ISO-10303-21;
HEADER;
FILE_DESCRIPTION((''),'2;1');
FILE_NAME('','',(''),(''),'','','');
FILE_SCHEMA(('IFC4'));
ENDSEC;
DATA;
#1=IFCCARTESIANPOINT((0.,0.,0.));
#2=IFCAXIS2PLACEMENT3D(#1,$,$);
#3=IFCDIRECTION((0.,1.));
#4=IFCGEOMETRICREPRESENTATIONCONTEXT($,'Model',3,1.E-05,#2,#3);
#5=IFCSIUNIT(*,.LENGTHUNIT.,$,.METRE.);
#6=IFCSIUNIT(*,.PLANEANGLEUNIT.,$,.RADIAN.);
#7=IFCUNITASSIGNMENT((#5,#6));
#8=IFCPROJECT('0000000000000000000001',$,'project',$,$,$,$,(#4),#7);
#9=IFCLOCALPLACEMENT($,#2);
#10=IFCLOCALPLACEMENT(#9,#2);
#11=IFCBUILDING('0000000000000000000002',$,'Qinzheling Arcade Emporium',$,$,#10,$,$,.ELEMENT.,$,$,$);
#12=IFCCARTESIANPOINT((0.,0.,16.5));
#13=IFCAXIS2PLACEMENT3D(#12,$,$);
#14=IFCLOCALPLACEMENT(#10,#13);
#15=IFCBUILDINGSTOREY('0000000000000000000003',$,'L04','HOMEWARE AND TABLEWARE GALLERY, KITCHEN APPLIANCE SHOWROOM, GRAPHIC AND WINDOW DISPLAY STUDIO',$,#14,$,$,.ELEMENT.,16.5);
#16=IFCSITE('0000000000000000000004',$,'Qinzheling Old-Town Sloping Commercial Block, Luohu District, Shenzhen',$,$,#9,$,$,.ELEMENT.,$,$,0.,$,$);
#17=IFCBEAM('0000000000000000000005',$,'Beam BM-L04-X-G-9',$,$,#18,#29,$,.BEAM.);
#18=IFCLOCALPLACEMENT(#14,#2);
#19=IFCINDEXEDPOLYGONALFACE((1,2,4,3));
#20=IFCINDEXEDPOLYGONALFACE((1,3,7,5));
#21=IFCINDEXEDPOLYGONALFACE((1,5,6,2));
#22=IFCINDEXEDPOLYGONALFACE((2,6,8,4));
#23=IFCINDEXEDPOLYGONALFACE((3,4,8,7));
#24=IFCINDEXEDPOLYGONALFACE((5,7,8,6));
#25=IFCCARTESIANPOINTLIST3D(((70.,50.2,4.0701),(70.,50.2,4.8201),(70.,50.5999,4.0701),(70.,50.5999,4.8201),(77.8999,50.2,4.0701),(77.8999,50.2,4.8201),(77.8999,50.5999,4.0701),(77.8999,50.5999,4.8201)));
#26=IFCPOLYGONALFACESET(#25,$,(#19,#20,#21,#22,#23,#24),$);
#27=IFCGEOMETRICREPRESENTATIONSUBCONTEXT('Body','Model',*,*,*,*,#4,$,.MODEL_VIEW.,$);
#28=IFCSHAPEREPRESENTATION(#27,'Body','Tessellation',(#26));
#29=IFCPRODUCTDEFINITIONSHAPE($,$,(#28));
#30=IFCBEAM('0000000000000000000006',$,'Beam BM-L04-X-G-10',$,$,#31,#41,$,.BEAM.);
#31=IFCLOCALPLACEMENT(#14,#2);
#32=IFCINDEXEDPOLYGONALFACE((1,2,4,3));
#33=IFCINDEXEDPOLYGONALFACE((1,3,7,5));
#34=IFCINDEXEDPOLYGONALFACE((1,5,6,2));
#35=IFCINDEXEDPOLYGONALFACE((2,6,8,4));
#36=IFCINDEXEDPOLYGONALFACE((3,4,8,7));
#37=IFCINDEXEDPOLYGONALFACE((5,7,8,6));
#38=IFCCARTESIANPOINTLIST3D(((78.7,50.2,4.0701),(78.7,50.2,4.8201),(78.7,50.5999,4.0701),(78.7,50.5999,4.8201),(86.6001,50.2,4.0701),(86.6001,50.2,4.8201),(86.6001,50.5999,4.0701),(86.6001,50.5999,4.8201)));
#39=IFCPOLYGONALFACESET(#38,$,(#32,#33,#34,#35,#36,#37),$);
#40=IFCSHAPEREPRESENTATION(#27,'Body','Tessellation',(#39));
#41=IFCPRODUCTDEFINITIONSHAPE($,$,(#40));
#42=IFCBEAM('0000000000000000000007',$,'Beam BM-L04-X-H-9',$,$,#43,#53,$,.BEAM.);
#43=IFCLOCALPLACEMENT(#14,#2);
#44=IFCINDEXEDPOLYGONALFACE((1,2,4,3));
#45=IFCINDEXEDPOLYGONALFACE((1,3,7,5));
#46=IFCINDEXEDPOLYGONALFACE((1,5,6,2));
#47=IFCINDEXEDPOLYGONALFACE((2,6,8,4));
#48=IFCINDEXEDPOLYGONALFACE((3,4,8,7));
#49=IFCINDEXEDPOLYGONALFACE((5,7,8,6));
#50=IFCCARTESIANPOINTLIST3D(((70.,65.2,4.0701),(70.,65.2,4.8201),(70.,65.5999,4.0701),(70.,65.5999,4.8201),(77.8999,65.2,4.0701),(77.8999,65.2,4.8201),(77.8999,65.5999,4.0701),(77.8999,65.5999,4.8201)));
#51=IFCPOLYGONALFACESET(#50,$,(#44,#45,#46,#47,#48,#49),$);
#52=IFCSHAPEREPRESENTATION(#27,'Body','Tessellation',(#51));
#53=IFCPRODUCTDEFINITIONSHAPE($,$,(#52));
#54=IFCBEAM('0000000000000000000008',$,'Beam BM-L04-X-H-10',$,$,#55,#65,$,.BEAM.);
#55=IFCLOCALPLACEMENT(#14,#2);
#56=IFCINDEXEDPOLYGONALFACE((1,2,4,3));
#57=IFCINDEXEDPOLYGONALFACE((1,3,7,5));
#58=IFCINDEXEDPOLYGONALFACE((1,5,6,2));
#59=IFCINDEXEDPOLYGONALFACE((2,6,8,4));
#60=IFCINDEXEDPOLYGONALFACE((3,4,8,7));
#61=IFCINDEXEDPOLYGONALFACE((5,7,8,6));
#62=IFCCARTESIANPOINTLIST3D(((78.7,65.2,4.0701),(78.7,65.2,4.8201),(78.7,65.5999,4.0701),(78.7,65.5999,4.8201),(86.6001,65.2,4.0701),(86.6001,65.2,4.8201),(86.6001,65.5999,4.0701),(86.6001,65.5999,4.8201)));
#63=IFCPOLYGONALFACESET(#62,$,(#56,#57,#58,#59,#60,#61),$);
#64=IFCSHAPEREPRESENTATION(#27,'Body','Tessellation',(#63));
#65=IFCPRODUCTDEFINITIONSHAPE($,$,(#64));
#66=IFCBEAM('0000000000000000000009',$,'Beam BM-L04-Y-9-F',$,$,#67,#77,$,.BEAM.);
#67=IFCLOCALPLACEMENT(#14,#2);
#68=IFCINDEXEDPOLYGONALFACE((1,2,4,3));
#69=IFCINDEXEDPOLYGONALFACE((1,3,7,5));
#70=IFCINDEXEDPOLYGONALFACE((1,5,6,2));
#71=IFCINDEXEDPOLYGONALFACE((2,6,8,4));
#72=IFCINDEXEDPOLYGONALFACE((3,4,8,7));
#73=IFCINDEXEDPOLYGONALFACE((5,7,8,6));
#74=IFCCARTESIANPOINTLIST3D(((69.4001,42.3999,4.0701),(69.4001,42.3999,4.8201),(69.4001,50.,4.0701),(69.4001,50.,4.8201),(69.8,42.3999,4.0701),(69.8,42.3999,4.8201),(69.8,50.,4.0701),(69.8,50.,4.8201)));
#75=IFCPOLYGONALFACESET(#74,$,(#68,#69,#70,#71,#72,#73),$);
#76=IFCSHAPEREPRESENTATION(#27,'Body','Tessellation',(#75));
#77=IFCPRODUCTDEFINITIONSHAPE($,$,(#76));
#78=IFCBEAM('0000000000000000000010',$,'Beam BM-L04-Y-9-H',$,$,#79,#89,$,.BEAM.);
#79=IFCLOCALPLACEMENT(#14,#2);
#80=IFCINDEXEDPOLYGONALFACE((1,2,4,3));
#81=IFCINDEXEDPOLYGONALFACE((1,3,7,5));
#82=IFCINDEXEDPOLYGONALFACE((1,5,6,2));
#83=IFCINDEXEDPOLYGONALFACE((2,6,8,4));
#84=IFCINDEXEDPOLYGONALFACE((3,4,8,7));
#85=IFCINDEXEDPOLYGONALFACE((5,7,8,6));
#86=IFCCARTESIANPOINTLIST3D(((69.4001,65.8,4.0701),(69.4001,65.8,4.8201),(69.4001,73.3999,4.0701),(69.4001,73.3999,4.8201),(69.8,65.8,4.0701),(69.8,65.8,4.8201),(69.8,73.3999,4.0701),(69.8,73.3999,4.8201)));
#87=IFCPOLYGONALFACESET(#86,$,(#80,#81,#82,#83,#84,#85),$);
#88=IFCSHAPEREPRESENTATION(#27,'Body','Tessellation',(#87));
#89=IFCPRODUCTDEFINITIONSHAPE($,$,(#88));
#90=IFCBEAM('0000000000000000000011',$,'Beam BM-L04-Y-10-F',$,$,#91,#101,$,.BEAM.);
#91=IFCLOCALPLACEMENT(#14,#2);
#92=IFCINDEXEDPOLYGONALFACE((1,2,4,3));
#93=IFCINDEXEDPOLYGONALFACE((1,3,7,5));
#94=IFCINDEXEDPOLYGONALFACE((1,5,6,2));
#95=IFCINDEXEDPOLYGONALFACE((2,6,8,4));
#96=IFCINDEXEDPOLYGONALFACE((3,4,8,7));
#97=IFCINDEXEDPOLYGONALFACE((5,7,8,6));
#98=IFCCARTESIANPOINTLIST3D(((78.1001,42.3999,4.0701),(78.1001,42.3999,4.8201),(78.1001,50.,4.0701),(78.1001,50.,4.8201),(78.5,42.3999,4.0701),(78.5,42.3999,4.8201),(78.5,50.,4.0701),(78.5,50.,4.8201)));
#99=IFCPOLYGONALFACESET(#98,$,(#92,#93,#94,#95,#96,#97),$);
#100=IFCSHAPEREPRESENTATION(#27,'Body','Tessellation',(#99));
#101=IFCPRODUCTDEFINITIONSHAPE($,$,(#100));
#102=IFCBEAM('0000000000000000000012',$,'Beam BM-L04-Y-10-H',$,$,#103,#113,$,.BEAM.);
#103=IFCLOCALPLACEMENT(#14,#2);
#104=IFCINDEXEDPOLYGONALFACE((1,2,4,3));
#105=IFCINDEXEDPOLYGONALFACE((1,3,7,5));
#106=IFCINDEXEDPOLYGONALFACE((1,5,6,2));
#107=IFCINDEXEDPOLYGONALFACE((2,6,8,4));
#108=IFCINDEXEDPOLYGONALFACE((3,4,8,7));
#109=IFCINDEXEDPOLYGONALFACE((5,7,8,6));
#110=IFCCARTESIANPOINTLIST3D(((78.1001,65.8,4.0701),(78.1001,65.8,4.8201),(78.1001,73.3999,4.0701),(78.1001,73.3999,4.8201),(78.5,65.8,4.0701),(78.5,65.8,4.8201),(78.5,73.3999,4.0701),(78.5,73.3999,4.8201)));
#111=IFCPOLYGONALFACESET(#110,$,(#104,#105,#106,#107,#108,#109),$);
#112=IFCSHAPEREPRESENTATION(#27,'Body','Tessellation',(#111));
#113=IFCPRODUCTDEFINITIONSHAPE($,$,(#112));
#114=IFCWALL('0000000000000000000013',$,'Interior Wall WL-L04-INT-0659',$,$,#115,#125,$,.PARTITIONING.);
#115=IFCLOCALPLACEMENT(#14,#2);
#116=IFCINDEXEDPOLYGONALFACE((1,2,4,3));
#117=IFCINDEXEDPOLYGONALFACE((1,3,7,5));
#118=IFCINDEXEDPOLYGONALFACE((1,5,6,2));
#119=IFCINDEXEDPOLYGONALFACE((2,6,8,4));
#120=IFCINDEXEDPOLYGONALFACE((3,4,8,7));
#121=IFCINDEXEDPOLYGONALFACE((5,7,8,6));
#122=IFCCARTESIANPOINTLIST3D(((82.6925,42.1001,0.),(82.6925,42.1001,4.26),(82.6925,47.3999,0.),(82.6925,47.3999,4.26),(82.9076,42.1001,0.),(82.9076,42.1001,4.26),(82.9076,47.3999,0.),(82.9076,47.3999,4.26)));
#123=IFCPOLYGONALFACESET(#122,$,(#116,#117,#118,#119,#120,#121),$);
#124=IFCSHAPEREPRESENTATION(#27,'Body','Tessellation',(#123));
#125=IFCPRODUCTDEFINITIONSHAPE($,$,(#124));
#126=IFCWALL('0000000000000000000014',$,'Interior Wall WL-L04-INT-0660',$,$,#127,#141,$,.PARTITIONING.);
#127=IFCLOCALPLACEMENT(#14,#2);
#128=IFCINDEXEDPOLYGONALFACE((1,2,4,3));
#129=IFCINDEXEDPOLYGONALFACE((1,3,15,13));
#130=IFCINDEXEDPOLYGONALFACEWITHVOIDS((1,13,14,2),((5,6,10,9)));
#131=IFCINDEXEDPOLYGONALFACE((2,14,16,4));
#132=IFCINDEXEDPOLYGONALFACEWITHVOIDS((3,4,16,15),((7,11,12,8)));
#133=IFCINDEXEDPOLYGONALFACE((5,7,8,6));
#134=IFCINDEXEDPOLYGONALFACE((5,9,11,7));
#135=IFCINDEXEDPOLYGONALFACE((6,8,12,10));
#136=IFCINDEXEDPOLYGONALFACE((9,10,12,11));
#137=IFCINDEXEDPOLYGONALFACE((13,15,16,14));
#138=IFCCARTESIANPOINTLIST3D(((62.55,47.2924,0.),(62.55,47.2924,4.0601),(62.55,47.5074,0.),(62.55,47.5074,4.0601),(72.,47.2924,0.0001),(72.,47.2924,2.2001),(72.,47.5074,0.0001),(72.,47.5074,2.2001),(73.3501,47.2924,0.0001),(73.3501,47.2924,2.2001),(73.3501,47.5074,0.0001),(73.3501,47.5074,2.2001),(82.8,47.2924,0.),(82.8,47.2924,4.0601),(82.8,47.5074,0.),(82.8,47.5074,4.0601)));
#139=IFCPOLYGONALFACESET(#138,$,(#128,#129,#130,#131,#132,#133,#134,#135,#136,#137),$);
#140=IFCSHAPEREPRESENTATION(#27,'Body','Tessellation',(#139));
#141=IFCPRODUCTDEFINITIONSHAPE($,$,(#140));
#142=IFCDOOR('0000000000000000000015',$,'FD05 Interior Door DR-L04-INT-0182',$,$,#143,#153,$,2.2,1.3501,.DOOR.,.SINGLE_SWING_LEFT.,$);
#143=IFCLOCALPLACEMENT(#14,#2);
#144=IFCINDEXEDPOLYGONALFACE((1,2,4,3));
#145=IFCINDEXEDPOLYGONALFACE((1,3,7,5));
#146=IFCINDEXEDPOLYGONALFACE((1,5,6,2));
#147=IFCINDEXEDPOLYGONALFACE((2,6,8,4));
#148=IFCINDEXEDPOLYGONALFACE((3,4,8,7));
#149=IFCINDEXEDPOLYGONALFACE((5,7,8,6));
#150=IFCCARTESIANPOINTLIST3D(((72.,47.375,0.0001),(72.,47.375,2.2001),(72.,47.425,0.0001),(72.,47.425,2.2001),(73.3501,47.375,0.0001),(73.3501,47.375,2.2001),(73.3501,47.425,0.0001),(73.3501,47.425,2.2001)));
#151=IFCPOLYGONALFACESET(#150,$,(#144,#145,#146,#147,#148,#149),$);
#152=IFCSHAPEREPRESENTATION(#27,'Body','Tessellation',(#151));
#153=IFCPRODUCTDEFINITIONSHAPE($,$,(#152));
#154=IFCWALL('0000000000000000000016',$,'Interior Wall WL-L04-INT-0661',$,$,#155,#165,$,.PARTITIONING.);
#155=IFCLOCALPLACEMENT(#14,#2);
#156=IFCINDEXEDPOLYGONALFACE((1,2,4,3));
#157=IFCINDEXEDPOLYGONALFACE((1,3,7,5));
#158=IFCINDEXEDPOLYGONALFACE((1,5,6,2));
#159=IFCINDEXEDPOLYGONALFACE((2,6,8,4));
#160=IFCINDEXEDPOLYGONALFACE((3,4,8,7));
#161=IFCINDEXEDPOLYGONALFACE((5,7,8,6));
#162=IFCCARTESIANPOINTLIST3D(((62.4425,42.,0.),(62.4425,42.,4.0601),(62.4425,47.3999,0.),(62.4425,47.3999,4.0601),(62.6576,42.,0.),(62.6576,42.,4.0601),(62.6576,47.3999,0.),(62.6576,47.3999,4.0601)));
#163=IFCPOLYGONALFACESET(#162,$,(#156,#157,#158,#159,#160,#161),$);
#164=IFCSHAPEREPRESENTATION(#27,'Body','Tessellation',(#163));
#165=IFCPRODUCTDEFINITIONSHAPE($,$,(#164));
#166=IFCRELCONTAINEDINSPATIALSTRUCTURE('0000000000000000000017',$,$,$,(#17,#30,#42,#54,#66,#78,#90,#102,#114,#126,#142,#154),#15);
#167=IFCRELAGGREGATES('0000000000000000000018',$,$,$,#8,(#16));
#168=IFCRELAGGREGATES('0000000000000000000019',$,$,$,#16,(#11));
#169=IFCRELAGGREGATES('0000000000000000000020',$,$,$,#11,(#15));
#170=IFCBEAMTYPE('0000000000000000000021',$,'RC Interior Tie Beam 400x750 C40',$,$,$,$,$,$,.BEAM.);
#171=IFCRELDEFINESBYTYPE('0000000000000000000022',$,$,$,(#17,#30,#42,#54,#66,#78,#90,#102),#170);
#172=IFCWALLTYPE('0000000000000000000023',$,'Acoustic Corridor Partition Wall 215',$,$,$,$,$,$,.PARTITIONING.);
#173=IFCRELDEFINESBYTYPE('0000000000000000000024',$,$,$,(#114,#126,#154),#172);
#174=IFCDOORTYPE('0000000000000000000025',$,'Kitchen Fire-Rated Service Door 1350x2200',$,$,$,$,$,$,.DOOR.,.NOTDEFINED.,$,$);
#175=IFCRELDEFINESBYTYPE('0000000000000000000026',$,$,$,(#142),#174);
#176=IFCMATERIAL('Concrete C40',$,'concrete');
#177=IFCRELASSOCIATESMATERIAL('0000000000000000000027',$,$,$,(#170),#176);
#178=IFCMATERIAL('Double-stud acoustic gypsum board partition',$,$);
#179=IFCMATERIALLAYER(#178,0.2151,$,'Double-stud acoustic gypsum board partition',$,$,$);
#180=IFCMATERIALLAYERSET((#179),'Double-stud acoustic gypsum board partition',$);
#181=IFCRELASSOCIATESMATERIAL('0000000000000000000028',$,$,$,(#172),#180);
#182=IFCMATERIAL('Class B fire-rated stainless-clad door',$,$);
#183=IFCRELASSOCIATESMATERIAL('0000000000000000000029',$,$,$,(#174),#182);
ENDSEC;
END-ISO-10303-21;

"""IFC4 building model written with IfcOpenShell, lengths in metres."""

from ifc_helpers import new_model, si_unit, direction, frame, frame_2d, origin, origin_2d, place, context, subcontext, project, spatial, rectangle, extrude, material, layer, layer_set, material_profile, profile_set, type_object, element, fill, save


model = new_model("IFC4")

# Units and contexts
model_context = context("Model", 3, precision=1e-05, world=origin(), true_north=direction((0.0, 1.0)))
body_context = subcontext(model_context, "Body", "Model", "MODEL_VIEW")
ifc_project = project(units=[si_unit("LENGTHUNIT", "METRE"), si_unit("PLANEANGLEUNIT", "RADIAN")], contexts=[model_context])

# Site, building, storey
site_placement = place(None, origin())
site = spatial("IfcSite", under=ifc_project, at=site_placement, Name="Qinzheling Old-Town Sloping Commercial Block, Luohu District, Shenzhen", CompositionType="ELEMENT", RefElevation=0.0)
building_placement = place(site_placement, origin())
building = spatial("IfcBuilding", under=site, at=building_placement, Name="Qinzheling Arcade Emporium", CompositionType="ELEMENT")
storey_placement = place(building_placement, frame((0.0, 0.0, 16.5)))
storey = spatial("IfcBuildingStorey", under=building, at=storey_placement, Name="L04", Description="HOMEWARE AND TABLEWARE GALLERY, KITCHEN APPLIANCE SHOWROOM, GRAPHIC AND WINDOW DISPLAY STUDIO", CompositionType="ELEMENT", Elevation=16.5)

# Shared definitions
ifc_material_1 = material(Name="Concrete C40", Category="concrete")

# Beams
ifc_material_profile_1 = material_profile(ifc_material_1, rectangle(XDim=0.3999, YDim=0.75, at=origin_2d()), Name="RC 400x750", Category="concrete")
ifc_profile_set_1 = profile_set([ifc_material_profile_1], Name="Concrete C40")
beam_type = type_object("IfcBeamType", Name="RC Interior Tie Beam 400x750 C40", PredefinedType="BEAM", material=ifc_profile_set_1)
beam_1_placement = place(storey_placement, frame((70.0, 50.3999, 4.4451), z_axis=(1.0, 0.0, 0.0), x_axis=(0.0, 1.0, 0.0)))
element("IfcBeam", 1, at=beam_1_placement, inside=storey, type_object=beam_type, Name="Beam BM-L04-X-G-9", PredefinedType="BEAM", context=body_context, shape_type="SweptSolid", body=[
    extrude(rectangle(XDim=0.3999, YDim=0.75, at=origin_2d()), origin(), (0.0, 0.0, 1.0), 7.8999),
])
beam_2_placement = place(storey_placement, frame((78.7, 50.3999, 4.4451), z_axis=(1.0, 0.0, 0.0), x_axis=(0.0, 1.0, 0.0)))
element("IfcBeam", 2, at=beam_2_placement, inside=storey, type_object=beam_type, Name="Beam BM-L04-X-G-10", PredefinedType="BEAM", context=body_context, shape_type="SweptSolid", body=[
    extrude(rectangle(XDim=0.3999, YDim=0.75, at=origin_2d()), origin(), (0.0, 0.0, 1.0), 7.9001),
])
beam_3_placement = place(storey_placement, frame((70.0, 65.3999, 4.4451), z_axis=(1.0, 0.0, 0.0), x_axis=(0.0, 1.0, 0.0)))
element("IfcBeam", 3, at=beam_3_placement, inside=storey, type_object=beam_type, Name="Beam BM-L04-X-H-9", PredefinedType="BEAM", context=body_context, shape_type="SweptSolid", body=[
    extrude(rectangle(XDim=0.3999, YDim=0.75, at=origin_2d()), origin(), (0.0, 0.0, 1.0), 7.8999),
])
beam_4_placement = place(storey_placement, frame((78.7, 65.3999, 4.4451), z_axis=(1.0, 0.0, 0.0), x_axis=(0.0, 1.0, 0.0)))
element("IfcBeam", 4, at=beam_4_placement, inside=storey, type_object=beam_type, Name="Beam BM-L04-X-H-10", PredefinedType="BEAM", context=body_context, shape_type="SweptSolid", body=[
    extrude(rectangle(XDim=0.3999, YDim=0.75, at=origin_2d()), origin(), (0.0, 0.0, 1.0), 7.9001),
])
beam_5_placement = place(storey_placement, frame((69.6001, 42.3999, 4.4451), z_axis=(0.0, 1.0, 0.0), x_axis=(-1.0, 0.0, 0.0)))
element("IfcBeam", 5, at=beam_5_placement, inside=storey, type_object=beam_type, Name="Beam BM-L04-Y-9-F", PredefinedType="BEAM", context=body_context, shape_type="SweptSolid", body=[
    extrude(rectangle(XDim=0.3999, YDim=0.75, at=origin_2d()), origin(), (0.0, 0.0, 1.0), 7.6001),
])
beam_6_placement = place(storey_placement, frame((69.6001, 65.8, 4.4451), z_axis=(0.0, 1.0, 0.0), x_axis=(-1.0, 0.0, 0.0)))
element("IfcBeam", 6, at=beam_6_placement, inside=storey, type_object=beam_type, Name="Beam BM-L04-Y-9-H", PredefinedType="BEAM", context=body_context, shape_type="SweptSolid", body=[
    extrude(rectangle(XDim=0.3999, YDim=0.75, at=origin_2d()), origin(), (0.0, 0.0, 1.0), 7.5999),
])
beam_7_placement = place(storey_placement, frame((78.3, 42.3999, 4.4451), z_axis=(0.0, 1.0, 0.0), x_axis=(-1.0, 0.0, 0.0)))
element("IfcBeam", 7, at=beam_7_placement, inside=storey, type_object=beam_type, Name="Beam BM-L04-Y-10-F", PredefinedType="BEAM", context=body_context, shape_type="SweptSolid", body=[
    extrude(rectangle(XDim=0.3999, YDim=0.75, at=origin_2d()), origin(), (0.0, 0.0, 1.0), 7.6001),
])
beam_8_placement = place(storey_placement, frame((78.3, 65.8, 4.4451), z_axis=(0.0, 1.0, 0.0), x_axis=(-1.0, 0.0, 0.0)))
element("IfcBeam", 8, at=beam_8_placement, inside=storey, type_object=beam_type, Name="Beam BM-L04-Y-10-H", PredefinedType="BEAM", context=body_context, shape_type="SweptSolid", body=[
    extrude(rectangle(XDim=0.3999, YDim=0.75, at=origin_2d()), origin(), (0.0, 0.0, 1.0), 7.5999),
])

# Wall
ifc_material_2 = material(Name="Double-stud acoustic gypsum board partition")
ifc_layer_1 = layer(ifc_material_2, 0.2151, Name="Double-stud acoustic gypsum board partition")
ifc_layer_set_1 = layer_set([ifc_layer_1], Name="Double-stud acoustic gypsum board partition")
wall_type = type_object("IfcWallType", Name="Acoustic Corridor Partition Wall 215", PredefinedType="PARTITIONING", material=ifc_layer_set_1)
wall_1_placement = place(storey_placement, frame((82.8, 42.1001, 0.0), z_axis=(0.0, 0.0, 1.0), x_axis=(0.0, 1.0, 0.0)))
element("IfcWall", 9, at=wall_1_placement, inside=storey, type_object=wall_type, Name="Interior Wall WL-L04-INT-0659", PredefinedType="PARTITIONING", context=body_context, shape_type="SweptSolid", body=[
    extrude(rectangle(XDim=5.2998, YDim=0.2151, at=frame_2d((2.6499, 0.0))), origin(), (0.0, 0.0, 1.0), 4.26),
])

# Wall, opening, door
wall_2_placement = place(storey_placement, frame((82.8, 47.3999, 0.0), z_axis=(0.0, 0.0, 1.0), x_axis=(-1.0, 0.0, 0.0)))
wall_2 = element("IfcWall", 10, at=wall_2_placement, inside=storey, type_object=wall_type, Name="Interior Wall WL-L04-INT-0660", PredefinedType="PARTITIONING", context=body_context, shape_type="SweptSolid", body=[
    extrude(rectangle(XDim=20.25, YDim=0.2151, at=frame_2d((10.125, 0.0))), origin(), (0.0, 0.0, 1.0), 4.0601),
])
opening_placement = place(wall_2_placement, frame((9.45, 0.0, 0.0)))
opening = element("IfcOpeningElement", 11, at=opening_placement, cuts=wall_2, PredefinedType="OPENING", context=body_context, shape_type="SweptSolid", body=[
    extrude(rectangle(XDim=1.3501, YDim=2.2, at=frame_2d((0.675, 1.1001))), frame((0.0, 0.1177, 0.0), z_axis=(0.0, -1.0, 0.0), x_axis=(1.0, 0.0, 0.0)), (0.0, 0.0, 1.0), 0.2351),
])
ifc_material_3 = material(Name="Class B fire-rated stainless-clad door")
door_type = type_object("IfcDoorType", Name="Kitchen Fire-Rated Service Door 1350x2200", OperationType="NOTDEFINED", PredefinedType="DOOR", material=ifc_material_3)
door_placement = place(opening_placement, origin())
door = element("IfcDoor", 12, at=door_placement, inside=storey, type_object=door_type, Name="FD05 Interior Door DR-L04-INT-0182", OperationType="SINGLE_SWING_LEFT", OverallHeight=2.2, OverallWidth=1.3501, PredefinedType="DOOR", context=body_context, shape_type="SweptSolid", body=[
    extrude(rectangle(XDim=1.3501, YDim=2.2, at=frame_2d((0.675, 1.1001))), frame((0.0, 0.0249, 0.0), z_axis=(0.0, -1.0, 0.0), x_axis=(1.0, 0.0, 0.0)), (0.0, 0.0, 1.0), 0.05),
])
fill(opening, door)

# Wall
wall_3_placement = place(storey_placement, frame((62.55, 47.3999, 0.0), z_axis=(0.0, 0.0, 1.0), x_axis=(0.0, -1.0, 0.0)))
element("IfcWall", 13, at=wall_3_placement, inside=storey, type_object=wall_type, Name="Interior Wall WL-L04-INT-0661", PredefinedType="PARTITIONING", context=body_context, shape_type="SweptSolid", body=[
    extrude(rectangle(XDim=5.3999, YDim=0.2151, at=frame_2d((2.7, 0.0))), origin(), (0.0, 0.0, 1.0), 4.0601),
])

save(model, "model.ifc")
